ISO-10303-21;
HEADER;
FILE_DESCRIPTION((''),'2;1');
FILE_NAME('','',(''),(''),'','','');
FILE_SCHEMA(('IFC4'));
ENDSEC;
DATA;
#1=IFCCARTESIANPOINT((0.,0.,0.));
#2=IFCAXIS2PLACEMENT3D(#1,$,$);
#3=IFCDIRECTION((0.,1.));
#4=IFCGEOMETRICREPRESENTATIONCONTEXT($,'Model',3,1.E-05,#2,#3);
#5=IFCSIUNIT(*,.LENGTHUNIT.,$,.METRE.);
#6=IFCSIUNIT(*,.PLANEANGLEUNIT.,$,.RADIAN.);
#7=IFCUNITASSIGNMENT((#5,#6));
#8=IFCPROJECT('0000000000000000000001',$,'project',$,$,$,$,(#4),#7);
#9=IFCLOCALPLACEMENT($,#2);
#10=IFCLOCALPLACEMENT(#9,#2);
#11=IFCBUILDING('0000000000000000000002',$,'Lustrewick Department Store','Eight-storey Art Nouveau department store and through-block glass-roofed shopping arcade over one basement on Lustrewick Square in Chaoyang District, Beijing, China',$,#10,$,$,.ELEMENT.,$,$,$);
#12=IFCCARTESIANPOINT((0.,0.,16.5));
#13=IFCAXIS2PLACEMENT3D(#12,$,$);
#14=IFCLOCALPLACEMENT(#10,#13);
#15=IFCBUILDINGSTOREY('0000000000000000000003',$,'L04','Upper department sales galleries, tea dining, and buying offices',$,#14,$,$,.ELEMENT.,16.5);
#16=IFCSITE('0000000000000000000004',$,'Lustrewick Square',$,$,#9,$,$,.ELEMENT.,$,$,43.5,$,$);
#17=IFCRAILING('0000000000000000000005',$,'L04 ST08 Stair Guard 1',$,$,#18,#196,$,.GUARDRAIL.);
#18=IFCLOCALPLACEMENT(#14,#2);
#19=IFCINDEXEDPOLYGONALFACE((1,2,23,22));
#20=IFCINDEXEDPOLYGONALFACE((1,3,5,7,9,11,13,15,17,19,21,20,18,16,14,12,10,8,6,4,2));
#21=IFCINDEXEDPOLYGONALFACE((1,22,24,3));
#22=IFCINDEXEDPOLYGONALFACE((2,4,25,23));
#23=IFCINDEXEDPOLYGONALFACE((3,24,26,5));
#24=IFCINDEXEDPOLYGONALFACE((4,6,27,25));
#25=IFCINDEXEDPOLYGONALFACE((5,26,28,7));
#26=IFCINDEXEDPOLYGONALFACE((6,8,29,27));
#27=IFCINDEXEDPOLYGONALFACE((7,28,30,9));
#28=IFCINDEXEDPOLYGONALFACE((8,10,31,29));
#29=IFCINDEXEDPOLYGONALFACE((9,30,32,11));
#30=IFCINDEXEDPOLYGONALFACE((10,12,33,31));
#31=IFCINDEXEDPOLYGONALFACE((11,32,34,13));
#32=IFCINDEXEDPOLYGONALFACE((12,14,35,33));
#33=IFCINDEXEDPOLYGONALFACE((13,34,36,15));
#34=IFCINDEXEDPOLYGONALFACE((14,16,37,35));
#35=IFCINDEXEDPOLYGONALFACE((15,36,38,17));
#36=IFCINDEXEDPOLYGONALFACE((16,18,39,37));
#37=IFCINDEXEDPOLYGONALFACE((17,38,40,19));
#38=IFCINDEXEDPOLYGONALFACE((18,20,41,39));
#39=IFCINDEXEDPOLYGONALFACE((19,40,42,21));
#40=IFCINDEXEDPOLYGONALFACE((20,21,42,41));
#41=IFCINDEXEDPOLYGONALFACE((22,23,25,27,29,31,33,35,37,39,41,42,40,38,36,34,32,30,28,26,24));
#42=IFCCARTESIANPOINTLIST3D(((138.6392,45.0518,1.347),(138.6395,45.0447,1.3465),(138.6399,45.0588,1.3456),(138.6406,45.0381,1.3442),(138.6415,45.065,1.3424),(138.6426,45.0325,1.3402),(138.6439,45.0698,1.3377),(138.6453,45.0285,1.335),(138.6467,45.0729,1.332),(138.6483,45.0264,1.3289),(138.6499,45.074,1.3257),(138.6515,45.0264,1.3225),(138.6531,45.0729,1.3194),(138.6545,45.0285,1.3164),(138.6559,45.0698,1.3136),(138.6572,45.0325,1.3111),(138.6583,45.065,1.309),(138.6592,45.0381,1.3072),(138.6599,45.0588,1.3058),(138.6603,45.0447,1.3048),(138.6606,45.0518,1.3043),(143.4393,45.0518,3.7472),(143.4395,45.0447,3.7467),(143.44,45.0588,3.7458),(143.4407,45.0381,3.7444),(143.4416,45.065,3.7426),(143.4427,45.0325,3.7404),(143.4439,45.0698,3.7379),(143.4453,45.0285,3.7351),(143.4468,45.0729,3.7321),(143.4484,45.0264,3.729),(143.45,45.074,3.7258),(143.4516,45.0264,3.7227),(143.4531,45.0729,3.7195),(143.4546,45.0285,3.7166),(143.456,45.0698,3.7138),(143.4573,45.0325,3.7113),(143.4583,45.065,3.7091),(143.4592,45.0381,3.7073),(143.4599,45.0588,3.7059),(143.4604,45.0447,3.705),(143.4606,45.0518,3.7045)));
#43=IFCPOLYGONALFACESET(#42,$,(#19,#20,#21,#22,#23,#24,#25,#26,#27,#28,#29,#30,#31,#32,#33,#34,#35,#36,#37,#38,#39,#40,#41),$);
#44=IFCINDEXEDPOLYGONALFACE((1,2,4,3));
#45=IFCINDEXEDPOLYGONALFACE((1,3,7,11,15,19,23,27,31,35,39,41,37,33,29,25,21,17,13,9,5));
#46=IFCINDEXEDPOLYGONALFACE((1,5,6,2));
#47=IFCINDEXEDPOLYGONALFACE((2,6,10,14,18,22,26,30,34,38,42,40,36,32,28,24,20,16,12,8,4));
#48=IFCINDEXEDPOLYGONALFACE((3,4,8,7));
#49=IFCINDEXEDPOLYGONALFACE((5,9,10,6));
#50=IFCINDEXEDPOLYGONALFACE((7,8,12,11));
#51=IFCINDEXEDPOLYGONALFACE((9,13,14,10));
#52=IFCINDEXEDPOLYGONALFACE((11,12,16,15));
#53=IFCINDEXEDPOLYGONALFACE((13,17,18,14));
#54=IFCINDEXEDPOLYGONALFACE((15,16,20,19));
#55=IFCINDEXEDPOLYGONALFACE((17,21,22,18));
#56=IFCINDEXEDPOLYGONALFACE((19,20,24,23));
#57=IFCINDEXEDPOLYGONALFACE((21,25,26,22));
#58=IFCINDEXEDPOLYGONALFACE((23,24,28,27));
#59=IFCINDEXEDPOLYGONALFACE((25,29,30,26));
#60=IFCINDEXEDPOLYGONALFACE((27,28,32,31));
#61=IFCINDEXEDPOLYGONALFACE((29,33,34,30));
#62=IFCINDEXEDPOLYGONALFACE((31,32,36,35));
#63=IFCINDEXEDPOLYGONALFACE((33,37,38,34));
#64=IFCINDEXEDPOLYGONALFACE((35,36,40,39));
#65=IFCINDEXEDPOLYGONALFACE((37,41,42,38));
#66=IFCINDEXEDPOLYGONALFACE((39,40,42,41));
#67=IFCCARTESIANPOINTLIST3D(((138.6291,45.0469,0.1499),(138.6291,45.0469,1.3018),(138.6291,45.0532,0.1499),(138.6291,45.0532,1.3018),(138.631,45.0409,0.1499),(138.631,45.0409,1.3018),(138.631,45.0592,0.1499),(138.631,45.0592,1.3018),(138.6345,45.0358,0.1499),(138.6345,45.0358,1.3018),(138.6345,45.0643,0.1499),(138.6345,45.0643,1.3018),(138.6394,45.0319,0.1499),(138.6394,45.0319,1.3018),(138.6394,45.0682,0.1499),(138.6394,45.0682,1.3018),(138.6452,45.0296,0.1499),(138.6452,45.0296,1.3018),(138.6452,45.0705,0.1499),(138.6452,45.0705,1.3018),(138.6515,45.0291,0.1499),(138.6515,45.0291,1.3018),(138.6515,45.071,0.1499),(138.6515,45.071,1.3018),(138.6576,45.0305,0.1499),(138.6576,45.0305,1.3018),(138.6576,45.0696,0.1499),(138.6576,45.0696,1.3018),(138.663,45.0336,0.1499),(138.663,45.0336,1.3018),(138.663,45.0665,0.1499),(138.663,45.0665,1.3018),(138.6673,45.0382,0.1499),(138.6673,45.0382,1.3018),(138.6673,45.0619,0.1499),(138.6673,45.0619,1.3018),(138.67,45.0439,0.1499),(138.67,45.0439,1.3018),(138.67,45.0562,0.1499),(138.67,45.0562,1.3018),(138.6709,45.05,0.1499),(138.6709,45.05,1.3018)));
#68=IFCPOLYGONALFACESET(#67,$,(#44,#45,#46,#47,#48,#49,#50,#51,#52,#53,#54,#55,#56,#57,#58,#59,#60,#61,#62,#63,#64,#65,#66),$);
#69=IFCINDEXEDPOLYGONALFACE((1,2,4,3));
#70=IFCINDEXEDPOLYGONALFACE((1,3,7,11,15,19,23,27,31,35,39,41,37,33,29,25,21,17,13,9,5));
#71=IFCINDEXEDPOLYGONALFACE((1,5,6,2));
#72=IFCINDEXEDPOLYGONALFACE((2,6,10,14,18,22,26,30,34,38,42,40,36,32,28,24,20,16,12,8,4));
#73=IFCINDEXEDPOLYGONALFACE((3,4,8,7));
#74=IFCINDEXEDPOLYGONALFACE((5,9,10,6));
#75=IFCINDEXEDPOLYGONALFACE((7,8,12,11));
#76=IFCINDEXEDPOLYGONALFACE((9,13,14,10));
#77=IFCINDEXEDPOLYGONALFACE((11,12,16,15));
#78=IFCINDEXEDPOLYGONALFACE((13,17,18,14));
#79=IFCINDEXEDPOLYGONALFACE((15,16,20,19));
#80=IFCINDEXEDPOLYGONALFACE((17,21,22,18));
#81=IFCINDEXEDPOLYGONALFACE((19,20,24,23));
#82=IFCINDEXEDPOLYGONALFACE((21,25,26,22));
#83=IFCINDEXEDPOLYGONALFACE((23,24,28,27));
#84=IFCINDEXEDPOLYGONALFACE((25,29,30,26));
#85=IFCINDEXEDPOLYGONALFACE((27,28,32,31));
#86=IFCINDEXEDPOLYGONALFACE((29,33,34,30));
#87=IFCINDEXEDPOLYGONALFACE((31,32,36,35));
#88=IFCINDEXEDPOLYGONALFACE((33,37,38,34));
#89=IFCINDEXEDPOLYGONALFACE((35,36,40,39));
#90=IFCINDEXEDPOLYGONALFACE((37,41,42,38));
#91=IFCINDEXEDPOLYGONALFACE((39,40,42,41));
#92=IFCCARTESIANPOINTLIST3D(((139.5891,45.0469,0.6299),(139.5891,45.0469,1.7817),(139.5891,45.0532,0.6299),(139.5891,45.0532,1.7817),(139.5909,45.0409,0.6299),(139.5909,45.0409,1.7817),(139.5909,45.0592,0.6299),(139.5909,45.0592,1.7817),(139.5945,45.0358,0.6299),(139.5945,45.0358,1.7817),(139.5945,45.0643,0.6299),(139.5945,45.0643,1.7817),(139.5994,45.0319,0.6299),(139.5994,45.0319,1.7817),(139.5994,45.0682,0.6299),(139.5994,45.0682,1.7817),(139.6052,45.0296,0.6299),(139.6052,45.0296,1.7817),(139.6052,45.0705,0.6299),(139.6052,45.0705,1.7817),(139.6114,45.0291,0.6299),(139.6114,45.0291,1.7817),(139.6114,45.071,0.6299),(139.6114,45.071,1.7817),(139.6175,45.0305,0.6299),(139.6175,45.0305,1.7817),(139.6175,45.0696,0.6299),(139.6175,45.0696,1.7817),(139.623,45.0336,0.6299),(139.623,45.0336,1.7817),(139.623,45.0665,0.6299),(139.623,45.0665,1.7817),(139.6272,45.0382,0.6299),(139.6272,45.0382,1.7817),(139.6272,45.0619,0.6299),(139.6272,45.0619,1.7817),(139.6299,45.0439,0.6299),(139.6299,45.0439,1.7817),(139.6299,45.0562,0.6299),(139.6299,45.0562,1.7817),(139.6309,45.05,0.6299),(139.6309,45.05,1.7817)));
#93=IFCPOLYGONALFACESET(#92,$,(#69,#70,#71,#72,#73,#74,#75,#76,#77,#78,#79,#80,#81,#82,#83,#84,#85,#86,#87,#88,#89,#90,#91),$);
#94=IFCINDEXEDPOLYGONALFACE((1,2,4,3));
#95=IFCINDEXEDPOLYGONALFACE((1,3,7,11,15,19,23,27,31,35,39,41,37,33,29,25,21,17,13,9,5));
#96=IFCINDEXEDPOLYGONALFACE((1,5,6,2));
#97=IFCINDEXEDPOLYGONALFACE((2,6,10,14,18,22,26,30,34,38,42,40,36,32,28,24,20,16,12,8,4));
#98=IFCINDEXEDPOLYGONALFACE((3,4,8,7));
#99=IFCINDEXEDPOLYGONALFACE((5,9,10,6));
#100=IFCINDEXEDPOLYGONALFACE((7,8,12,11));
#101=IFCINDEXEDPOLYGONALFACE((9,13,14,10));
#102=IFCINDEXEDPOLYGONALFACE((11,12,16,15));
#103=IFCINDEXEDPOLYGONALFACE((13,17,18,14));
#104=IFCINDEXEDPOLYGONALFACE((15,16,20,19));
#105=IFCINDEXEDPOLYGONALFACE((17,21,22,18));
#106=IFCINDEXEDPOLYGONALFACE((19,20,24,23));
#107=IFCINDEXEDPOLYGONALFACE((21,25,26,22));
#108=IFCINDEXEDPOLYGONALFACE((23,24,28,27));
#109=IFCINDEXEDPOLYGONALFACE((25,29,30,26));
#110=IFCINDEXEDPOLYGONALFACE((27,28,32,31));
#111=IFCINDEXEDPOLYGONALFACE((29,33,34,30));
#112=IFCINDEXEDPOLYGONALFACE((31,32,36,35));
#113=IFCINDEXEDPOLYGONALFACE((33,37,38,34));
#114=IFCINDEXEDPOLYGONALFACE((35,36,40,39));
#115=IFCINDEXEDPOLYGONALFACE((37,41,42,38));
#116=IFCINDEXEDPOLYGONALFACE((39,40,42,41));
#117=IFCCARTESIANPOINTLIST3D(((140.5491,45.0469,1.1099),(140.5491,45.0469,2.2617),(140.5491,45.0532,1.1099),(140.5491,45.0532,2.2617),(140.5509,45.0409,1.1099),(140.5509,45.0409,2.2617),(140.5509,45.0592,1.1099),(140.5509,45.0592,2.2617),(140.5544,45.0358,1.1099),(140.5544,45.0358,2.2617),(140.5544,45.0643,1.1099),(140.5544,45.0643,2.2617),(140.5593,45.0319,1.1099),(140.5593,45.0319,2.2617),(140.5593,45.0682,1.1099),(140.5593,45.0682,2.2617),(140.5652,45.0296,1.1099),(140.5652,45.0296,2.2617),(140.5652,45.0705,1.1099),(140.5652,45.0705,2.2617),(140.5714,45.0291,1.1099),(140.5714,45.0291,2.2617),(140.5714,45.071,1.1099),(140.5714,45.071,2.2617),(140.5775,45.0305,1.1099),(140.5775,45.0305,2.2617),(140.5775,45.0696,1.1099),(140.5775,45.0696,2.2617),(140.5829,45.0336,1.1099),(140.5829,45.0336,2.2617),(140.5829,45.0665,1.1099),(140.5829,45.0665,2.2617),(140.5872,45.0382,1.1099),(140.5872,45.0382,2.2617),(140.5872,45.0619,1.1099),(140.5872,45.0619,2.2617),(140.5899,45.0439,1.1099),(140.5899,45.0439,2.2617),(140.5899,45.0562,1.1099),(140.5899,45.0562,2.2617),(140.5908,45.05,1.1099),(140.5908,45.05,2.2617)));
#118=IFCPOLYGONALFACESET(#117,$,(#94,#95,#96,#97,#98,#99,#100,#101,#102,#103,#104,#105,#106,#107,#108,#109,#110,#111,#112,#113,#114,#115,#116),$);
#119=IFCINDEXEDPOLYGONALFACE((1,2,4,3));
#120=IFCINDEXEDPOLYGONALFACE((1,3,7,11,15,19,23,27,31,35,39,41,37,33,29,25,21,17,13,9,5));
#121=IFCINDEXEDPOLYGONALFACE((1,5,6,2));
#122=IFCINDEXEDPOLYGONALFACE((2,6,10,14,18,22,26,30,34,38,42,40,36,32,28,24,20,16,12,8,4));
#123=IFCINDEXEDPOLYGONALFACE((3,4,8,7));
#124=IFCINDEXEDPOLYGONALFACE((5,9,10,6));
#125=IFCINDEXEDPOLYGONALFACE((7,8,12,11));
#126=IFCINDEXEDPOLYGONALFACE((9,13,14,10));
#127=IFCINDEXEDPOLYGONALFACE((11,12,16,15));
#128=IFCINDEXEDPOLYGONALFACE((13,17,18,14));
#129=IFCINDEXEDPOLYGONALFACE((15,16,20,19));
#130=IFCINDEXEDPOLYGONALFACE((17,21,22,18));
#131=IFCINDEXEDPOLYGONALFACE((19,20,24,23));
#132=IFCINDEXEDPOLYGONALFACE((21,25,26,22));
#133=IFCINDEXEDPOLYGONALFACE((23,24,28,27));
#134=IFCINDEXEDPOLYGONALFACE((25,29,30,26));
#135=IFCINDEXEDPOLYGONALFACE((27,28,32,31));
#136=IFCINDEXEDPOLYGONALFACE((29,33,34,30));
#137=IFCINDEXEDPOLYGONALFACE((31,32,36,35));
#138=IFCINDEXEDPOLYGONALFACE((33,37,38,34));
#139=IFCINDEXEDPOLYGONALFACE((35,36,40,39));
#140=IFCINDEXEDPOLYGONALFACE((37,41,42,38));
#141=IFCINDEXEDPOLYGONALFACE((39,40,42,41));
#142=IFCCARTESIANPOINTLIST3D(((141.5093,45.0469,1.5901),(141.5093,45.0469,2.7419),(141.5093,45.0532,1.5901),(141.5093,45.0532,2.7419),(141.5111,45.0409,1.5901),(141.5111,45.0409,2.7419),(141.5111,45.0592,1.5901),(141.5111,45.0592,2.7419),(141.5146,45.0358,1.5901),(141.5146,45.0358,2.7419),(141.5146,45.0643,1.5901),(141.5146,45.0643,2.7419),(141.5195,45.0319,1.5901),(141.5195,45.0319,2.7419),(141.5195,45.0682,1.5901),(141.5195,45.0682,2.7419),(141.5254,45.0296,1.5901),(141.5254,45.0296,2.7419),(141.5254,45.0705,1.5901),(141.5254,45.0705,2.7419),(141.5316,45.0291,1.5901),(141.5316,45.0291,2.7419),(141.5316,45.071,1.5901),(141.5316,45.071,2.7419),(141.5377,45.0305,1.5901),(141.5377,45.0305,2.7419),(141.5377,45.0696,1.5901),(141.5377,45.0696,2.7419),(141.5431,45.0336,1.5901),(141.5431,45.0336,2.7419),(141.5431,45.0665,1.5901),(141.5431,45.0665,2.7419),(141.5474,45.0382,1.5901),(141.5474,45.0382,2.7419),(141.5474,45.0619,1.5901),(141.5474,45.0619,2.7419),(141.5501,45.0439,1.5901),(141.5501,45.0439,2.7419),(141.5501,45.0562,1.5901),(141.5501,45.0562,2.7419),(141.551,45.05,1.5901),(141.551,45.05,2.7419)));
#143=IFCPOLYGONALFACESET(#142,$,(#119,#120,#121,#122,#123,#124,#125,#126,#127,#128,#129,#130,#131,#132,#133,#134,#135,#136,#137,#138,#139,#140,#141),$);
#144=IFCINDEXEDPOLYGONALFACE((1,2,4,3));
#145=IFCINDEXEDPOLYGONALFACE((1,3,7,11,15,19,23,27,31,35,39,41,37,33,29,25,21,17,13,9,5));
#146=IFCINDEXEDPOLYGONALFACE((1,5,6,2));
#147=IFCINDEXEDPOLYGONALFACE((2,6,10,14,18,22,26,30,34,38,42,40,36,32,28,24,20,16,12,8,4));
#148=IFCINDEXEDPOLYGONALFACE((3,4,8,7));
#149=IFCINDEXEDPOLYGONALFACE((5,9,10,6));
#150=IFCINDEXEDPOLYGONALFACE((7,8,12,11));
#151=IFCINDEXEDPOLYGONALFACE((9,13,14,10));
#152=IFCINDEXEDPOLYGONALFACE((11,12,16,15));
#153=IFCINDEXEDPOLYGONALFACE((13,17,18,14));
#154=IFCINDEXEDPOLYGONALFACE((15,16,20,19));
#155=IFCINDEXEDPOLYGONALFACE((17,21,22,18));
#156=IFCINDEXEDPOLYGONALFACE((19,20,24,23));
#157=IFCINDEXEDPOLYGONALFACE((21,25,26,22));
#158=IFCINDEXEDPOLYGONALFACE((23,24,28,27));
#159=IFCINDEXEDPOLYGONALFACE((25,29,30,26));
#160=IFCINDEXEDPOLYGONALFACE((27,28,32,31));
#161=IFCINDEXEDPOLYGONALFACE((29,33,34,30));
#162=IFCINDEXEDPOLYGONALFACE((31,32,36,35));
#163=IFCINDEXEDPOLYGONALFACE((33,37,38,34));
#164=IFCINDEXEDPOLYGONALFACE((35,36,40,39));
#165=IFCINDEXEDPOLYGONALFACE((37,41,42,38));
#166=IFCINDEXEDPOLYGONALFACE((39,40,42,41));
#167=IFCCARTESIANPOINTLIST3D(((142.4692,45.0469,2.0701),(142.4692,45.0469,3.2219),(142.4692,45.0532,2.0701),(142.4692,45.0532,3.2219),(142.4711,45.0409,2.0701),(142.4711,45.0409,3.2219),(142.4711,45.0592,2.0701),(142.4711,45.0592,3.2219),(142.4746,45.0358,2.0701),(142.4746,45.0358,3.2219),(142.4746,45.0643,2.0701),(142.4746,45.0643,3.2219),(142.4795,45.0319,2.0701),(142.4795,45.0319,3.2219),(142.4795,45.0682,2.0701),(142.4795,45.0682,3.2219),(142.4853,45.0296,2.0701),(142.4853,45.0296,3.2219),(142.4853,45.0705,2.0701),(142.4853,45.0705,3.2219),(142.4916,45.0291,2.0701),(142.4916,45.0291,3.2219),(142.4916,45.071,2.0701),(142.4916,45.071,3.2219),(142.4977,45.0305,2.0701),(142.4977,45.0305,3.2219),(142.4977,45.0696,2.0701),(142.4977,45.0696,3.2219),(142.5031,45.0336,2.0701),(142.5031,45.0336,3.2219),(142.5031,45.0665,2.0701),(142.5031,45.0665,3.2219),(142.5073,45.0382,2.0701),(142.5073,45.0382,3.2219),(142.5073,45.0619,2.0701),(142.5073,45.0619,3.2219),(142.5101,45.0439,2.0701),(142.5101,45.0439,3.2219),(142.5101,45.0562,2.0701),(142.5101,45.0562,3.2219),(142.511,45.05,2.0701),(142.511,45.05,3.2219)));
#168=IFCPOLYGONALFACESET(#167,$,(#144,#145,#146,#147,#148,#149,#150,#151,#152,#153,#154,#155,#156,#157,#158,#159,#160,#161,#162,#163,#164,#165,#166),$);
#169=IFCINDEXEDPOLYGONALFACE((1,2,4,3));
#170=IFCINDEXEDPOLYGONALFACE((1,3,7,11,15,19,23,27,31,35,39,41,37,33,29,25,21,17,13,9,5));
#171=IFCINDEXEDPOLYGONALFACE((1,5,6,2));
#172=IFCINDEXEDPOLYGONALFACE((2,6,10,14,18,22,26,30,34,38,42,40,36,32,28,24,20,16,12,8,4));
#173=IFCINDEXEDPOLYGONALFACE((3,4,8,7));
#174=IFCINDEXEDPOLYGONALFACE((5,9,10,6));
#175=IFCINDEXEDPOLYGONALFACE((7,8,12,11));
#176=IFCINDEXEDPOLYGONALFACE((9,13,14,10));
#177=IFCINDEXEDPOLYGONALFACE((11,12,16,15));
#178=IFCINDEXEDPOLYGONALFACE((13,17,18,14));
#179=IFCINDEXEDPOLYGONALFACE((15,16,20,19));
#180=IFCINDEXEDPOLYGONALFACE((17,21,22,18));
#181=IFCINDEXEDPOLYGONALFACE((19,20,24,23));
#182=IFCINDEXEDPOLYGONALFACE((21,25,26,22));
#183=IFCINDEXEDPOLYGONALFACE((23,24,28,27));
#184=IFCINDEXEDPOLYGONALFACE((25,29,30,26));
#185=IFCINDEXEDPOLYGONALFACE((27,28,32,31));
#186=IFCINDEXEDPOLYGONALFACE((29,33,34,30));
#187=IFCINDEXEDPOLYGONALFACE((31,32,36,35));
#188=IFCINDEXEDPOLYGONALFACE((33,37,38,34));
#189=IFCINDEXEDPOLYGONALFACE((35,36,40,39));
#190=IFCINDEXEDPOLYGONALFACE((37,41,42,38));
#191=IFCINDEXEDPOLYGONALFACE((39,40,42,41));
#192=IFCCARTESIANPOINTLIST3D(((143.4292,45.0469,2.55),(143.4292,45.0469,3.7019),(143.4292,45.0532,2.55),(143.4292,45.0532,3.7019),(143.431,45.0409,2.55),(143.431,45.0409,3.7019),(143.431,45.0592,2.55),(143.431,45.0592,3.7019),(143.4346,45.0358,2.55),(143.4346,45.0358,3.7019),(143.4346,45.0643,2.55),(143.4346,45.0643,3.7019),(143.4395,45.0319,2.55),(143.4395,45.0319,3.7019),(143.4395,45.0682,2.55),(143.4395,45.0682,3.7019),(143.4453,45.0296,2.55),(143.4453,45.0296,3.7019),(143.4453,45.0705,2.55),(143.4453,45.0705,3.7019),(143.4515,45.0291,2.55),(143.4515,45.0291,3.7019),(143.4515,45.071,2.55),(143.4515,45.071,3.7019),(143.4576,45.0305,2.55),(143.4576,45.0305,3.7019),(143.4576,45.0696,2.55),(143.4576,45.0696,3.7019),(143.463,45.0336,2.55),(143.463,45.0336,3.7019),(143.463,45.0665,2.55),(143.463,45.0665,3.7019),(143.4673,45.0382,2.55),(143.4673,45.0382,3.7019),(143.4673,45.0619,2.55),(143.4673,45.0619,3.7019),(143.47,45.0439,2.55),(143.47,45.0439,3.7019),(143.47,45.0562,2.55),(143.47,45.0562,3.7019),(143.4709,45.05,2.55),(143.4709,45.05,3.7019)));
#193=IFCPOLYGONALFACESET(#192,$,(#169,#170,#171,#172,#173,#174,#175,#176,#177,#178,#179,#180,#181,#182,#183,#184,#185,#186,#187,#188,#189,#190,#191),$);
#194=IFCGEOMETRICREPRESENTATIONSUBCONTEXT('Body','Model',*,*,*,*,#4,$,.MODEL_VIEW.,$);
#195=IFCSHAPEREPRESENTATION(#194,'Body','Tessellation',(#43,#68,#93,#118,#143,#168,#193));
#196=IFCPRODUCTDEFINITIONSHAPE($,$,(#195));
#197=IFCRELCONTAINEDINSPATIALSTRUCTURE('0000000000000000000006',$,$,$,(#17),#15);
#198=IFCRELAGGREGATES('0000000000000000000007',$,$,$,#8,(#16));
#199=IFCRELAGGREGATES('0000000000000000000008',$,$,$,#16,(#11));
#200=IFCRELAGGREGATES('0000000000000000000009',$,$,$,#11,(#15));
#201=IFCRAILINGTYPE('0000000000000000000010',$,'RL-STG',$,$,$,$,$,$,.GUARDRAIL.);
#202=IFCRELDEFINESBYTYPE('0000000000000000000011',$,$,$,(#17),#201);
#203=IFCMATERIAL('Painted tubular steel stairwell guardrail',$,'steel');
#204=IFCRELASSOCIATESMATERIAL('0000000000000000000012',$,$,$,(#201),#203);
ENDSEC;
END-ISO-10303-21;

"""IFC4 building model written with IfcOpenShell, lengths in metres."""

from ifc_helpers import new_model, si_unit, direction, frame, origin, origin_2d, place, context, subcontext, project, spatial, circle, extrude, material, type_object, element, save


model = new_model("IFC4")

# Units and contexts
model_context = context("Model", 3, precision=1e-05, world=origin(), true_north=direction((0.0, 1.0)))
body_context = subcontext(model_context, "Body", "Model", "MODEL_VIEW")
ifc_project = project(units=[si_unit("LENGTHUNIT", "METRE"), si_unit("PLANEANGLEUNIT", "RADIAN")], contexts=[model_context])

# Site, building, storey
site_placement = place(None, origin())
site = spatial("IfcSite", under=ifc_project, at=site_placement, Name="Lustrewick Square", CompositionType="ELEMENT", RefElevation=43.5)
building_placement = place(site_placement, origin())
building = spatial("IfcBuilding", under=site, at=building_placement, Name="Lustrewick Department Store", Description="Eight-storey Art Nouveau department store and through-block glass-roofed shopping arcade over one basement on Lustrewick Square in Chaoyang District, Beijing, China", CompositionType="ELEMENT")
storey_placement = place(building_placement, frame((0.0, 0.0, 16.5)))
storey = spatial("IfcBuildingStorey", under=building, at=storey_placement, Name="L04", Description="Upper department sales galleries, tea dining, and buying offices", CompositionType="ELEMENT", Elevation=16.5)

# Railing
ifc_material_1 = material(Name="Painted tubular steel stairwell guardrail", Category="steel")
railing_type = type_object("IfcRailingType", Name="RL-STG", PredefinedType="GUARDRAIL", material=ifc_material_1)
railing_1_placement = place(storey_placement, frame((138.6499, 45.05, 0.1499)))
element("IfcRailing", 1, at=railing_1_placement, inside=storey, type_object=railing_type, Name="L04 ST08 Stair Guard 1", PredefinedType="GUARDRAIL", context=body_context, shape_type="SweptSolid", body=[
    extrude(circle(Radius=0.0239, at=origin_2d()), frame((0.0, 0.0, 1.1758), z_axis=(0.894418, 0.0, 0.447232), x_axis=(0.0, 1.0, 0.0)), (0.0, 0.0, 1.0), 5.3667),
    extrude(circle(Radius=0.021, at=origin_2d()), origin(), (0.0, 0.0, 1.0), 1.1519),
    extrude(circle(Radius=0.021, at=origin_2d()), frame((0.96, 0.0, 0.48)), (0.0, 0.0, 1.0), 1.1519),
    extrude(circle(Radius=0.021, at=origin_2d()), frame((1.9199, 0.0, 0.96)), (0.0, 0.0, 1.0), 1.1519),
    extrude(circle(Radius=0.021, at=origin_2d()), frame((2.8801, 0.0, 1.4402)), (0.0, 0.0, 1.0), 1.1519),
    extrude(circle(Radius=0.021, at=origin_2d()), frame((3.8401, 0.0, 1.9202)), (0.0, 0.0, 1.0), 1.1519),
    extrude(circle(Radius=0.021, at=origin_2d()), frame((4.8, 0.0, 2.4001)), (0.0, 0.0, 1.0), 1.1519),
])

save(model, "model.ifc")
